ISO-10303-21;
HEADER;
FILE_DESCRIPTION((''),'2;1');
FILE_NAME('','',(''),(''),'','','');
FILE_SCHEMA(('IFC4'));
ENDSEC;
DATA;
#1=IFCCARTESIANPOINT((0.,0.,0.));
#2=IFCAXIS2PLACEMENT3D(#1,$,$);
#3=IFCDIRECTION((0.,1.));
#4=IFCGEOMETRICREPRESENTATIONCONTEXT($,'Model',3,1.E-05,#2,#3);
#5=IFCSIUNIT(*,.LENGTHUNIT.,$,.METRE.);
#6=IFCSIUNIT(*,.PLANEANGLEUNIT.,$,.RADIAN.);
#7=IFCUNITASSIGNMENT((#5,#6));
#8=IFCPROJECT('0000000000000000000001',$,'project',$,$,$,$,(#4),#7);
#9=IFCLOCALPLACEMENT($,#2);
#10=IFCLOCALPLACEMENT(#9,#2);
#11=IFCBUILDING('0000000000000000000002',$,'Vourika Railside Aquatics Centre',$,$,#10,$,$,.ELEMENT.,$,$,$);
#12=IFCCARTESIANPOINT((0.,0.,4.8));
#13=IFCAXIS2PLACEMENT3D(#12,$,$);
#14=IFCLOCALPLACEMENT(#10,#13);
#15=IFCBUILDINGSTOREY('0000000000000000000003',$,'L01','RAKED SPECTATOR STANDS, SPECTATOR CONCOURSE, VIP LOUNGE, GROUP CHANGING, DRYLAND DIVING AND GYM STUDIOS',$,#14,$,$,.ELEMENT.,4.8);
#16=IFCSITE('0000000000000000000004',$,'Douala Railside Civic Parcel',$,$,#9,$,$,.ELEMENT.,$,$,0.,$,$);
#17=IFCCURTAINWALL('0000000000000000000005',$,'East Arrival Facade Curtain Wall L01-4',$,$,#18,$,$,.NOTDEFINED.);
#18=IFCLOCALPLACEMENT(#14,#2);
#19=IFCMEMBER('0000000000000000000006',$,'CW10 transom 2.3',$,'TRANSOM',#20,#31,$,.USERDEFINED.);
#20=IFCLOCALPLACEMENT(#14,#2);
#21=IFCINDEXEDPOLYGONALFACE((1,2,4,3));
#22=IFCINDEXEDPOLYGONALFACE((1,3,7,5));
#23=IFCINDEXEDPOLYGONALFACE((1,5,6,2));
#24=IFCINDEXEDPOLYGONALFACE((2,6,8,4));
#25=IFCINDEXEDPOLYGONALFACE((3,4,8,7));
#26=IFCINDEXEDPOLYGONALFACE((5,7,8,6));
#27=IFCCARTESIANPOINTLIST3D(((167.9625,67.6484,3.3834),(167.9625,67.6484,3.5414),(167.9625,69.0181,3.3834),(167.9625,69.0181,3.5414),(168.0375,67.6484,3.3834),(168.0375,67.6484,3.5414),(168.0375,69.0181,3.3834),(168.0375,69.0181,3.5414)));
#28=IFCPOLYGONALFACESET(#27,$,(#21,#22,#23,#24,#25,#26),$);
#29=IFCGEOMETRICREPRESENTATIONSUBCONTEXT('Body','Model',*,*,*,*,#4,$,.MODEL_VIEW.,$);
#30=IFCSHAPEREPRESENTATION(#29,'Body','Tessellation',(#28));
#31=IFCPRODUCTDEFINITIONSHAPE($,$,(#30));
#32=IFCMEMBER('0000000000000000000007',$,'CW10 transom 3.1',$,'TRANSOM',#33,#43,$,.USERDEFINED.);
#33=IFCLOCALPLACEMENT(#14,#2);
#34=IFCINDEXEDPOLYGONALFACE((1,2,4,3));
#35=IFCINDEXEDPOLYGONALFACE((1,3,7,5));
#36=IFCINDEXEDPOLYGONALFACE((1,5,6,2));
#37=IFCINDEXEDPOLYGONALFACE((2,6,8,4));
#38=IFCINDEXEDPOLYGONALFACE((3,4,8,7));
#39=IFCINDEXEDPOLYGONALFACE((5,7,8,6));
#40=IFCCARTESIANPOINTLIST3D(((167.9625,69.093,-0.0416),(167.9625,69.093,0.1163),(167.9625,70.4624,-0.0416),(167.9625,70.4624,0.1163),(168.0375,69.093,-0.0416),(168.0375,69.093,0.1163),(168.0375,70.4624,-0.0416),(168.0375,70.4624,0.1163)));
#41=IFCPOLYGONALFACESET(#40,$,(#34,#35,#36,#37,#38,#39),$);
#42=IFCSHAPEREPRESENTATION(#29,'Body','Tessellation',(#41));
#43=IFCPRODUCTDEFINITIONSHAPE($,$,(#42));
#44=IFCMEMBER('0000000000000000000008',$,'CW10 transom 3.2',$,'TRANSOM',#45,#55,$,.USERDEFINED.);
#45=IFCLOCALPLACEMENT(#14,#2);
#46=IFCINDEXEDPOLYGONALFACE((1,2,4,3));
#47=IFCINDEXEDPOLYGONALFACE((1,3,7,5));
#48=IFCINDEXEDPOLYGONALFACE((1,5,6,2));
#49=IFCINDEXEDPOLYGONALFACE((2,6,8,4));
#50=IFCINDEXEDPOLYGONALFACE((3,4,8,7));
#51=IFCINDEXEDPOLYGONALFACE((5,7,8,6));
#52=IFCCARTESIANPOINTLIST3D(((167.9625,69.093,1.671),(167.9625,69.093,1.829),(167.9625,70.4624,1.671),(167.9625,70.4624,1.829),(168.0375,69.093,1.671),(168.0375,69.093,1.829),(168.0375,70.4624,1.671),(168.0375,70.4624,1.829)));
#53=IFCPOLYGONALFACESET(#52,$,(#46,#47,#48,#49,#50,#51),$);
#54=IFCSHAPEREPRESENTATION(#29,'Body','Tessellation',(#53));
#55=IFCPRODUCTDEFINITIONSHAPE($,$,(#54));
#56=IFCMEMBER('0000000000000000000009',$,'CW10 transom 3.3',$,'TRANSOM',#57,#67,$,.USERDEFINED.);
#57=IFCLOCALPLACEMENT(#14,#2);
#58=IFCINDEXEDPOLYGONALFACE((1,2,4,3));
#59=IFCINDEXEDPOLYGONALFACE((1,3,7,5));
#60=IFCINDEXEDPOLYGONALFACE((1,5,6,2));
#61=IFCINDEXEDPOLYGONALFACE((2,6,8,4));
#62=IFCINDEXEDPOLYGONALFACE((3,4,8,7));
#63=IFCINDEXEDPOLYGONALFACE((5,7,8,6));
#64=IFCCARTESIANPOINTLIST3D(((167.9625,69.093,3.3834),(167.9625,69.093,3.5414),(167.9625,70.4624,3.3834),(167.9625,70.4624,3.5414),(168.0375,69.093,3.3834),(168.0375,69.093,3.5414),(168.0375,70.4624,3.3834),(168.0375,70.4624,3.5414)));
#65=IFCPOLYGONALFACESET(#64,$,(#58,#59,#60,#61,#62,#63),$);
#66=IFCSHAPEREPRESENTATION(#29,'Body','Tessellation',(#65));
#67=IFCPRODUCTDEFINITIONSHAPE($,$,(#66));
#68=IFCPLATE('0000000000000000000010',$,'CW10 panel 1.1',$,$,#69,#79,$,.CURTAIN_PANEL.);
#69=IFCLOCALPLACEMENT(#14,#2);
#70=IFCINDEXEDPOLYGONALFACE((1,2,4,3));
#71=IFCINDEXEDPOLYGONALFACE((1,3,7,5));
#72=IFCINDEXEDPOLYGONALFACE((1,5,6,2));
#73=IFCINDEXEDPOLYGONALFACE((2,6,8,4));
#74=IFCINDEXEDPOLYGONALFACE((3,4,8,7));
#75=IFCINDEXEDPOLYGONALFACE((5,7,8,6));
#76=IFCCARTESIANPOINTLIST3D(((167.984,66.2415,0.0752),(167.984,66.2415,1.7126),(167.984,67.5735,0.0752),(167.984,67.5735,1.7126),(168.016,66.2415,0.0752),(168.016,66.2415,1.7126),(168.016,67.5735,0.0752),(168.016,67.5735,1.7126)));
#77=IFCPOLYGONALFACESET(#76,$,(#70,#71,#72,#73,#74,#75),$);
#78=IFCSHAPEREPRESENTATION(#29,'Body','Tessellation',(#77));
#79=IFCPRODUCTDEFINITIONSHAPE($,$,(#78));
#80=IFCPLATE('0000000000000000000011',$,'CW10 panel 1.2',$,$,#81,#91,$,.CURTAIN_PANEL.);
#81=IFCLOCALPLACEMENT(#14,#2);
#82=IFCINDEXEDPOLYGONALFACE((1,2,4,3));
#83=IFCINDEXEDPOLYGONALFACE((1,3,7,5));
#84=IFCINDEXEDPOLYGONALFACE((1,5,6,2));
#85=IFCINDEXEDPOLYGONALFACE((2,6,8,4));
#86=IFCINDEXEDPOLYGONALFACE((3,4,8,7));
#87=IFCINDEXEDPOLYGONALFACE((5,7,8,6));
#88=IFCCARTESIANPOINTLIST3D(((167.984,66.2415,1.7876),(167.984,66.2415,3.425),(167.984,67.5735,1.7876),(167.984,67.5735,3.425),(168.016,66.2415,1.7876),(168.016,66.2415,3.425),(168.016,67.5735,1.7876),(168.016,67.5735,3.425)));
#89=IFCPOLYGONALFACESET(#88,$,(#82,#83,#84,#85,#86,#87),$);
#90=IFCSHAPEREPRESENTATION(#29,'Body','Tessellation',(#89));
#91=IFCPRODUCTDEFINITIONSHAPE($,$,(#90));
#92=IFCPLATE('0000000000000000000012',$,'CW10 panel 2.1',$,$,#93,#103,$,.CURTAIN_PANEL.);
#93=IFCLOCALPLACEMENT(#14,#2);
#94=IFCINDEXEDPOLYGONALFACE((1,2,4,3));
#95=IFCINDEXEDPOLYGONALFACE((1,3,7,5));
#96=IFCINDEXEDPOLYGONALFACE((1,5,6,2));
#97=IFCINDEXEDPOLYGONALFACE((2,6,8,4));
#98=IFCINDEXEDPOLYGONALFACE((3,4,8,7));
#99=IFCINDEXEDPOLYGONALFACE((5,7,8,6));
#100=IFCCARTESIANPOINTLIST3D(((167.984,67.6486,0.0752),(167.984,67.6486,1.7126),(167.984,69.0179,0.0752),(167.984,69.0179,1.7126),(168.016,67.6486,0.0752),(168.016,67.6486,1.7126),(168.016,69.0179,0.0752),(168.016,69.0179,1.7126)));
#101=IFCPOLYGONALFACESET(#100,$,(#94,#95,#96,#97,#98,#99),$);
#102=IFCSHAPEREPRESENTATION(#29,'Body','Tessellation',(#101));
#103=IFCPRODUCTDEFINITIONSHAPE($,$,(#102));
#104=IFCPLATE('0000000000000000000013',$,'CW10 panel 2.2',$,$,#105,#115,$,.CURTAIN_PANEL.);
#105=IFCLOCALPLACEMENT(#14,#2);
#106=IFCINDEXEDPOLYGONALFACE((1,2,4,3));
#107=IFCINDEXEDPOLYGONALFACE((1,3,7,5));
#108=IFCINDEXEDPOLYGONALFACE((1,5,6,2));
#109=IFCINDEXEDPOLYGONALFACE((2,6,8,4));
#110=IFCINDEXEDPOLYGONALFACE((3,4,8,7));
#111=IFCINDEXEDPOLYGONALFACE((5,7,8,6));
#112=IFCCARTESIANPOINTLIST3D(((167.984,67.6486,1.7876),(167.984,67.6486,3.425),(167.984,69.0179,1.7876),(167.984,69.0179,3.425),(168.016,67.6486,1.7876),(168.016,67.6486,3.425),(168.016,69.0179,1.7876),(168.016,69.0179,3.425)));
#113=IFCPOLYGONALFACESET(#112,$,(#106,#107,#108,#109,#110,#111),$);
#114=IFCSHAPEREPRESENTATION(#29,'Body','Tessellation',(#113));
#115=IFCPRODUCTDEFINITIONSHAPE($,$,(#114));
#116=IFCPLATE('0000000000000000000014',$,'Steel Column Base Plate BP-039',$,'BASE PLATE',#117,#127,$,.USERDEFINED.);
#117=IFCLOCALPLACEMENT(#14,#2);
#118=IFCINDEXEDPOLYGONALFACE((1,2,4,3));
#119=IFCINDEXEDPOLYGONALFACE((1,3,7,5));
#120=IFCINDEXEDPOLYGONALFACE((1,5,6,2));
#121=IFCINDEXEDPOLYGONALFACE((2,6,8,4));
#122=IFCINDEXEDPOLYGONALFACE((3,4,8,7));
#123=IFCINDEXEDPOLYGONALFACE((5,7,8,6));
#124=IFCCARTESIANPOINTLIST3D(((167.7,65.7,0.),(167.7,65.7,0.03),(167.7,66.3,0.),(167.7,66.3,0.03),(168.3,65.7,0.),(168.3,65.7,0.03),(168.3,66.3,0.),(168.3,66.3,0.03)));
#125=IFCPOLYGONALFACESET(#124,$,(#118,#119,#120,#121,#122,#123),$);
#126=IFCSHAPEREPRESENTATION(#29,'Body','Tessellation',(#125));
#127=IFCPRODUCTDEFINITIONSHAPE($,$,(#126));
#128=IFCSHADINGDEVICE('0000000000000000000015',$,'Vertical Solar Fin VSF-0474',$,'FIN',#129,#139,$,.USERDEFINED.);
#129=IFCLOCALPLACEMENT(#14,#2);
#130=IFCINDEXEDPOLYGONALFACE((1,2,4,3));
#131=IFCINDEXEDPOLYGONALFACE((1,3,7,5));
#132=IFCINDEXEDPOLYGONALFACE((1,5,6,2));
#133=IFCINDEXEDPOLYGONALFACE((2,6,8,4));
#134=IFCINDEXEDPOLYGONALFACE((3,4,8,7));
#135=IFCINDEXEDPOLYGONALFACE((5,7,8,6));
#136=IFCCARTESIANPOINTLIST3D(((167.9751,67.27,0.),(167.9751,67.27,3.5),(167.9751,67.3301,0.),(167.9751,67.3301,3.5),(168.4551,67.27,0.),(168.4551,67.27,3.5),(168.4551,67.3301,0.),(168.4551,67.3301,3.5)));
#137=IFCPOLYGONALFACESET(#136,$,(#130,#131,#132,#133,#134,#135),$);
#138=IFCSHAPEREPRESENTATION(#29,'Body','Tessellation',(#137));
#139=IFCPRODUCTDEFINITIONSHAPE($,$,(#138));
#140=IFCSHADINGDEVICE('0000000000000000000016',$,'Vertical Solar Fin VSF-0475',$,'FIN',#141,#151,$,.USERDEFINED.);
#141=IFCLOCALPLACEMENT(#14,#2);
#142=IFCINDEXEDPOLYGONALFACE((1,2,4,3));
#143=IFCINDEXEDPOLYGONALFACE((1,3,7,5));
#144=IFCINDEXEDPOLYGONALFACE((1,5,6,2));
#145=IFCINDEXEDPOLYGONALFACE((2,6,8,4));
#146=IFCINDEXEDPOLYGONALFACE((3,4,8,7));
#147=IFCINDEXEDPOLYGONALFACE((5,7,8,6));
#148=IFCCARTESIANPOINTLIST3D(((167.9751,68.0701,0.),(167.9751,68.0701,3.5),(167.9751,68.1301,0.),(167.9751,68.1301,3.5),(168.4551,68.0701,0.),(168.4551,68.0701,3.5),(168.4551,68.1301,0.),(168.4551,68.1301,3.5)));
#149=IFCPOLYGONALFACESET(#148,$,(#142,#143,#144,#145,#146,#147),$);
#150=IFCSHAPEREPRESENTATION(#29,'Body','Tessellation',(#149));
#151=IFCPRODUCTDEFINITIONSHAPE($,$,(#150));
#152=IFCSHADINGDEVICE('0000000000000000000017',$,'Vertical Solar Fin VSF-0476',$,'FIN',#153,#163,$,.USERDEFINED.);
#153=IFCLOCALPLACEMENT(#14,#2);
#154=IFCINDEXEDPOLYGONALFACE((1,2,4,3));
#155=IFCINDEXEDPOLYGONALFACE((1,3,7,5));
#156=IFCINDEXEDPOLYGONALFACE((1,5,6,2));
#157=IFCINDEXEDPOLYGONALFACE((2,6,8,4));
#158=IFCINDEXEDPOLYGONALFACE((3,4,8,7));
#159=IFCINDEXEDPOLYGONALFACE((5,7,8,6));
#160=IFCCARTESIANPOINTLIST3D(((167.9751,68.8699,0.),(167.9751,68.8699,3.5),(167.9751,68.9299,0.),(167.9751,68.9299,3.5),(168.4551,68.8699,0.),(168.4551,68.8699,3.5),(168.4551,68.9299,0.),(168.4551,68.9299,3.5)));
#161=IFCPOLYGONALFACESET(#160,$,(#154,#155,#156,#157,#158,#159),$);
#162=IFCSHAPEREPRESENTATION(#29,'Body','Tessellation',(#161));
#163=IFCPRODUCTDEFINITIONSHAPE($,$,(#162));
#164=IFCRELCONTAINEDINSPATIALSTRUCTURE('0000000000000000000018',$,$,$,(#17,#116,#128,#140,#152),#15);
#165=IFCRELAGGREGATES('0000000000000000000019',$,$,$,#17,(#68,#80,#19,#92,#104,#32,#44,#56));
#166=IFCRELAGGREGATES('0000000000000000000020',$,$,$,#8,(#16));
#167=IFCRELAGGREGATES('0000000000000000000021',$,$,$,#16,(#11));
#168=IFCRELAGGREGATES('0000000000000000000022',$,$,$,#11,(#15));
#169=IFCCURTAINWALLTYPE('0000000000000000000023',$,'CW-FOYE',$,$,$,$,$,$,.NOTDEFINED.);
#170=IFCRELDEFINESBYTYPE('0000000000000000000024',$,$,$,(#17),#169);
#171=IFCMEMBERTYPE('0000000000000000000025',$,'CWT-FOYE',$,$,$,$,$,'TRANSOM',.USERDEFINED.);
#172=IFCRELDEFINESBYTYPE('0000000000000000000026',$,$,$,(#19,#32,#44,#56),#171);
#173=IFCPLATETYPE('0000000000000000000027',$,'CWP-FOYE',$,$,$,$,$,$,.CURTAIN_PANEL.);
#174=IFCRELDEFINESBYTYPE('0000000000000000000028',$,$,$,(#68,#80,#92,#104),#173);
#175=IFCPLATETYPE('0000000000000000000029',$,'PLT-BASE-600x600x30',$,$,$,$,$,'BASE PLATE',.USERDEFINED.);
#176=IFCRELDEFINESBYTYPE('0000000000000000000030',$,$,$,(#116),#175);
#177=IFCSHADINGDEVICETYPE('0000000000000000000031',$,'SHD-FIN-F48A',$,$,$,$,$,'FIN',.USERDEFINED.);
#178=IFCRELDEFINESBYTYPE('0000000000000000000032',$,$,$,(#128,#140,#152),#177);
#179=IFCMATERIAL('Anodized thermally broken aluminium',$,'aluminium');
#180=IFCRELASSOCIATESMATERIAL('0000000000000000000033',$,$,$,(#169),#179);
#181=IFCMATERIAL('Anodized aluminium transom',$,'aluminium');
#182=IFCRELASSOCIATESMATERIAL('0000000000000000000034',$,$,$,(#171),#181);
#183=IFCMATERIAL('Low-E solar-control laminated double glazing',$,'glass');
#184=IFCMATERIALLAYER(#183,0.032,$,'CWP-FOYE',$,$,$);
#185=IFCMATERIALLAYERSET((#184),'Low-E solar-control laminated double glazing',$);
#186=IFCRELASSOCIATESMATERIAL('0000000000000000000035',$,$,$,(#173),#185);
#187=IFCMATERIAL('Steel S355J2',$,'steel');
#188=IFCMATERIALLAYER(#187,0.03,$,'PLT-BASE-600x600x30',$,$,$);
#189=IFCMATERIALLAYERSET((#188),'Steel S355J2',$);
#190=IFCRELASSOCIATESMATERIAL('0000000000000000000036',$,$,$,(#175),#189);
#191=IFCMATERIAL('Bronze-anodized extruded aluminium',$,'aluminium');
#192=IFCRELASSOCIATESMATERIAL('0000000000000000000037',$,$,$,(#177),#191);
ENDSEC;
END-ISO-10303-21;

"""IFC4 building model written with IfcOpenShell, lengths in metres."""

from ifc_helpers import new_model, si_unit, direction, frame, origin, origin_2d, place, context, subcontext, project, spatial, rectangle, extrude, material, layer, layer_set, material_profile, profile_set, type_object, element, aggregate, save


model = new_model("IFC4")

# Units and contexts
model_context = context("Model", 3, precision=1e-05, world=origin(), true_north=direction((0.0, 1.0)))
body_context = subcontext(model_context, "Body", "Model", "MODEL_VIEW")
ifc_project = project(units=[si_unit("LENGTHUNIT", "METRE"), si_unit("PLANEANGLEUNIT", "RADIAN")], contexts=[model_context])

# Site, building, storey
site_placement = place(None, origin())
site = spatial("IfcSite", under=ifc_project, at=site_placement, Name="Douala Railside Civic Parcel", CompositionType="ELEMENT", RefElevation=0.0)
building_placement = place(site_placement, origin())
building = spatial("IfcBuilding", under=site, at=building_placement, Name="Vourika Railside Aquatics Centre", CompositionType="ELEMENT")
storey_placement = place(building_placement, frame((0.0, 0.0, 4.8)))
storey = spatial("IfcBuildingStorey", under=building, at=storey_placement, Name="L01", Description="RAKED SPECTATOR STANDS, SPECTATOR CONCOURSE, VIP LOUNGE, GROUP CHANGING, DRYLAND DIVING AND GYM STUDIOS", CompositionType="ELEMENT", Elevation=4.8)

# Shared definitions
ifc_material_1 = material(Name="Steel S355J2", Category="steel")

# Curtain wall, members, plates
ifc_material_2 = material(Name="Anodized thermally broken aluminium", Category="aluminium")
curtain_wall_type = type_object("IfcCurtainWallType", Name="CW-FOYE", PredefinedType="NOTDEFINED", material=ifc_material_2)
curtain_wall_placement = place(storey_placement, origin())
curtain_wall = element("IfcCurtainWall", 1, at=curtain_wall_placement, inside=storey, type_object=curtain_wall_type, Name="East Arrival Facade Curtain Wall L01-4", PredefinedType="NOTDEFINED")
ifc_material_3 = material(Name="Anodized aluminium transom", Category="aluminium")
ifc_material_profile_1 = material_profile(ifc_material_3, rectangle(XDim=0.075, YDim=0.158, at=origin_2d()), Name="ALU-T 75x158")
ifc_profile_set_1 = profile_set([ifc_material_profile_1], Name="Anodized aluminium transom")
member_type_1 = type_object("IfcMemberType", Name="CWT-FOYE", ElementType="TRANSOM", PredefinedType="USERDEFINED", material=ifc_profile_set_1)
member_1_placement = place(storey_placement, frame((168.0, 67.6484, 3.4624), z_axis=(0.0, 1.0, 0.0), x_axis=(-1.0, 0.0, 0.0)))
member_1 = element("IfcMember", 2, at=member_1_placement, type_object=member_type_1, Name="CW10 transom 2.3", ObjectType="TRANSOM", PredefinedType="USERDEFINED", context=body_context, shape_type="SweptSolid", body=[
    extrude(rectangle(XDim=0.075, YDim=0.158, at=origin_2d()), origin(), (0.0, 0.0, 1.0), 1.3696),
])
member_2_placement = place(storey_placement, frame((168.0, 69.093, 0.0374), z_axis=(0.0, 1.0, 0.0), x_axis=(-1.0, 0.0, 0.0)))
member_2 = element("IfcMember", 3, at=member_2_placement, type_object=member_type_1, Name="CW10 transom 3.1", ObjectType="TRANSOM", PredefinedType="USERDEFINED", context=body_context, shape_type="SweptSolid", body=[
    extrude(rectangle(XDim=0.075, YDim=0.158, at=origin_2d()), origin(), (0.0, 0.0, 1.0), 1.3694),
])
member_3_placement = place(storey_placement, frame((168.0, 69.093, 1.75), z_axis=(0.0, 1.0, 0.0), x_axis=(-1.0, 0.0, 0.0)))
member_3 = element("IfcMember", 4, at=member_3_placement, type_object=member_type_1, Name="CW10 transom 3.2", ObjectType="TRANSOM", PredefinedType="USERDEFINED", context=body_context, shape_type="SweptSolid", body=[
    extrude(rectangle(XDim=0.075, YDim=0.158, at=origin_2d()), origin(), (0.0, 0.0, 1.0), 1.3694),
])
member_4_placement = place(storey_placement, frame((168.0, 69.093, 3.4624), z_axis=(0.0, 1.0, 0.0), x_axis=(-1.0, 0.0, 0.0)))
member_4 = element("IfcMember", 5, at=member_4_placement, type_object=member_type_1, Name="CW10 transom 3.3", ObjectType="TRANSOM", PredefinedType="USERDEFINED", context=body_context, shape_type="SweptSolid", body=[
    extrude(rectangle(XDim=0.075, YDim=0.158, at=origin_2d()), origin(), (0.0, 0.0, 1.0), 1.3694),
])
ifc_material_4 = material(Name="Low-E solar-control laminated double glazing", Category="glass")
ifc_layer_1 = layer(ifc_material_4, 0.032, Name="CWP-FOYE")
ifc_layer_set_1 = layer_set([ifc_layer_1], Name="Low-E solar-control laminated double glazing")
plate_type_1 = type_object("IfcPlateType", Name="CWP-FOYE", PredefinedType="CURTAIN_PANEL", material=ifc_layer_set_1)
plate_1_placement = place(storey_placement, frame((168.0, 66.9075, 0.0752), z_axis=(0.0, 0.0, 1.0), x_axis=(0.0, 1.0, 0.0)))
plate_1 = element("IfcPlate", 6, at=plate_1_placement, type_object=plate_type_1, Name="CW10 panel 1.1", PredefinedType="CURTAIN_PANEL", context=body_context, shape_type="SweptSolid", body=[
    extrude(rectangle(XDim=1.332, YDim=0.032, at=origin_2d()), origin(), (0.0, 0.0, 1.0), 1.6375),
])
plate_2_placement = place(storey_placement, frame((168.0, 66.9075, 1.7876), z_axis=(0.0, 0.0, 1.0), x_axis=(0.0, 1.0, 0.0)))
plate_2 = element("IfcPlate", 7, at=plate_2_placement, type_object=plate_type_1, Name="CW10 panel 1.2", PredefinedType="CURTAIN_PANEL", context=body_context, shape_type="SweptSolid", body=[
    extrude(rectangle(XDim=1.332, YDim=0.032, at=origin_2d()), origin(), (0.0, 0.0, 1.0), 1.6375),
])
plate_3_placement = place(storey_placement, frame((168.0, 68.3333, 0.0752), z_axis=(0.0, 0.0, 1.0), x_axis=(0.0, 1.0, 0.0)))
plate_3 = element("IfcPlate", 8, at=plate_3_placement, type_object=plate_type_1, Name="CW10 panel 2.1", PredefinedType="CURTAIN_PANEL", context=body_context, shape_type="SweptSolid", body=[
    extrude(rectangle(XDim=1.3694, YDim=0.032, at=origin_2d()), origin(), (0.0, 0.0, 1.0), 1.6375),
])
plate_4_placement = place(storey_placement, frame((168.0, 68.3333, 1.7876), z_axis=(0.0, 0.0, 1.0), x_axis=(0.0, 1.0, 0.0)))
plate_4 = element("IfcPlate", 9, at=plate_4_placement, type_object=plate_type_1, Name="CW10 panel 2.2", PredefinedType="CURTAIN_PANEL", context=body_context, shape_type="SweptSolid", body=[
    extrude(rectangle(XDim=1.3694, YDim=0.032, at=origin_2d()), origin(), (0.0, 0.0, 1.0), 1.6375),
])
aggregate(curtain_wall, [plate_1, plate_2, member_1, plate_3, plate_4, member_2, member_3, member_4])

# Plate
ifc_layer_2 = layer(ifc_material_1, 0.03, Name="PLT-BASE-600x600x30")
ifc_layer_set_2 = layer_set([ifc_layer_2], Name="Steel S355J2")
plate_type_2 = type_object("IfcPlateType", Name="PLT-BASE-600x600x30", ElementType="BASE PLATE", PredefinedType="USERDEFINED", material=ifc_layer_set_2)
plate_5_placement = place(storey_placement, frame((168.0, 66.0, 0.0), z_axis=(0.0, 0.0, 1.0), x_axis=(1.0, 0.0, 0.0)))
element("IfcPlate", 10, at=plate_5_placement, inside=storey, type_object=plate_type_2, Name="Steel Column Base Plate BP-039", ObjectType="BASE PLATE", PredefinedType="USERDEFINED", context=body_context, shape_type="SweptSolid", body=[
    extrude(rectangle(XDim=0.6001, YDim=0.6001, at=origin_2d()), origin(), (0.0, 0.0, 1.0), 0.03),
])

# Shading devices
ifc_material_5 = material(Name="Bronze-anodized extruded aluminium", Category="aluminium")
ifc_material_profile_2 = material_profile(ifc_material_5, rectangle(XDim=0.0601, YDim=0.48, at=origin_2d()), Name="ALU-FIN 60x480")
ifc_profile_set_2 = profile_set([ifc_material_profile_2], Name="Bronze-anodized extruded aluminium")
shading_device_type = type_object("IfcShadingDeviceType", Name="SHD-FIN-F48A", ElementType="FIN", PredefinedType="USERDEFINED", material=ifc_profile_set_2)
for number, where, z_axis, x_axis, name in (
    (11, (168.2151, 67.3, 0.0), (0.0, 0.0, 1.0), (0.0, -1.0, 0.0), "Vertical Solar Fin VSF-0474"),
    (12, (168.2151, 68.1001, 0.0), (0.0, 0.0, 1.0), (0.0, -1.0, 0.0), "Vertical Solar Fin VSF-0475"),
    (13, (168.2151, 68.8999, 0.0), (0.0, 0.0, 1.0), (0.0, -1.0, 0.0), "Vertical Solar Fin VSF-0476"),
):
    element("IfcShadingDevice", number, at=place(storey_placement, frame(where, z_axis=z_axis, x_axis=x_axis)), inside=storey, type_object=shading_device_type, Name=name, ObjectType="FIN", PredefinedType="USERDEFINED", context=body_context, shape_type="SweptSolid", body=[
        extrude(rectangle(XDim=0.0601, YDim=0.48, at=origin_2d()), origin(), (0.0, 0.0, 1.0), 3.5),
    ])

save(model, "model.ifc")
